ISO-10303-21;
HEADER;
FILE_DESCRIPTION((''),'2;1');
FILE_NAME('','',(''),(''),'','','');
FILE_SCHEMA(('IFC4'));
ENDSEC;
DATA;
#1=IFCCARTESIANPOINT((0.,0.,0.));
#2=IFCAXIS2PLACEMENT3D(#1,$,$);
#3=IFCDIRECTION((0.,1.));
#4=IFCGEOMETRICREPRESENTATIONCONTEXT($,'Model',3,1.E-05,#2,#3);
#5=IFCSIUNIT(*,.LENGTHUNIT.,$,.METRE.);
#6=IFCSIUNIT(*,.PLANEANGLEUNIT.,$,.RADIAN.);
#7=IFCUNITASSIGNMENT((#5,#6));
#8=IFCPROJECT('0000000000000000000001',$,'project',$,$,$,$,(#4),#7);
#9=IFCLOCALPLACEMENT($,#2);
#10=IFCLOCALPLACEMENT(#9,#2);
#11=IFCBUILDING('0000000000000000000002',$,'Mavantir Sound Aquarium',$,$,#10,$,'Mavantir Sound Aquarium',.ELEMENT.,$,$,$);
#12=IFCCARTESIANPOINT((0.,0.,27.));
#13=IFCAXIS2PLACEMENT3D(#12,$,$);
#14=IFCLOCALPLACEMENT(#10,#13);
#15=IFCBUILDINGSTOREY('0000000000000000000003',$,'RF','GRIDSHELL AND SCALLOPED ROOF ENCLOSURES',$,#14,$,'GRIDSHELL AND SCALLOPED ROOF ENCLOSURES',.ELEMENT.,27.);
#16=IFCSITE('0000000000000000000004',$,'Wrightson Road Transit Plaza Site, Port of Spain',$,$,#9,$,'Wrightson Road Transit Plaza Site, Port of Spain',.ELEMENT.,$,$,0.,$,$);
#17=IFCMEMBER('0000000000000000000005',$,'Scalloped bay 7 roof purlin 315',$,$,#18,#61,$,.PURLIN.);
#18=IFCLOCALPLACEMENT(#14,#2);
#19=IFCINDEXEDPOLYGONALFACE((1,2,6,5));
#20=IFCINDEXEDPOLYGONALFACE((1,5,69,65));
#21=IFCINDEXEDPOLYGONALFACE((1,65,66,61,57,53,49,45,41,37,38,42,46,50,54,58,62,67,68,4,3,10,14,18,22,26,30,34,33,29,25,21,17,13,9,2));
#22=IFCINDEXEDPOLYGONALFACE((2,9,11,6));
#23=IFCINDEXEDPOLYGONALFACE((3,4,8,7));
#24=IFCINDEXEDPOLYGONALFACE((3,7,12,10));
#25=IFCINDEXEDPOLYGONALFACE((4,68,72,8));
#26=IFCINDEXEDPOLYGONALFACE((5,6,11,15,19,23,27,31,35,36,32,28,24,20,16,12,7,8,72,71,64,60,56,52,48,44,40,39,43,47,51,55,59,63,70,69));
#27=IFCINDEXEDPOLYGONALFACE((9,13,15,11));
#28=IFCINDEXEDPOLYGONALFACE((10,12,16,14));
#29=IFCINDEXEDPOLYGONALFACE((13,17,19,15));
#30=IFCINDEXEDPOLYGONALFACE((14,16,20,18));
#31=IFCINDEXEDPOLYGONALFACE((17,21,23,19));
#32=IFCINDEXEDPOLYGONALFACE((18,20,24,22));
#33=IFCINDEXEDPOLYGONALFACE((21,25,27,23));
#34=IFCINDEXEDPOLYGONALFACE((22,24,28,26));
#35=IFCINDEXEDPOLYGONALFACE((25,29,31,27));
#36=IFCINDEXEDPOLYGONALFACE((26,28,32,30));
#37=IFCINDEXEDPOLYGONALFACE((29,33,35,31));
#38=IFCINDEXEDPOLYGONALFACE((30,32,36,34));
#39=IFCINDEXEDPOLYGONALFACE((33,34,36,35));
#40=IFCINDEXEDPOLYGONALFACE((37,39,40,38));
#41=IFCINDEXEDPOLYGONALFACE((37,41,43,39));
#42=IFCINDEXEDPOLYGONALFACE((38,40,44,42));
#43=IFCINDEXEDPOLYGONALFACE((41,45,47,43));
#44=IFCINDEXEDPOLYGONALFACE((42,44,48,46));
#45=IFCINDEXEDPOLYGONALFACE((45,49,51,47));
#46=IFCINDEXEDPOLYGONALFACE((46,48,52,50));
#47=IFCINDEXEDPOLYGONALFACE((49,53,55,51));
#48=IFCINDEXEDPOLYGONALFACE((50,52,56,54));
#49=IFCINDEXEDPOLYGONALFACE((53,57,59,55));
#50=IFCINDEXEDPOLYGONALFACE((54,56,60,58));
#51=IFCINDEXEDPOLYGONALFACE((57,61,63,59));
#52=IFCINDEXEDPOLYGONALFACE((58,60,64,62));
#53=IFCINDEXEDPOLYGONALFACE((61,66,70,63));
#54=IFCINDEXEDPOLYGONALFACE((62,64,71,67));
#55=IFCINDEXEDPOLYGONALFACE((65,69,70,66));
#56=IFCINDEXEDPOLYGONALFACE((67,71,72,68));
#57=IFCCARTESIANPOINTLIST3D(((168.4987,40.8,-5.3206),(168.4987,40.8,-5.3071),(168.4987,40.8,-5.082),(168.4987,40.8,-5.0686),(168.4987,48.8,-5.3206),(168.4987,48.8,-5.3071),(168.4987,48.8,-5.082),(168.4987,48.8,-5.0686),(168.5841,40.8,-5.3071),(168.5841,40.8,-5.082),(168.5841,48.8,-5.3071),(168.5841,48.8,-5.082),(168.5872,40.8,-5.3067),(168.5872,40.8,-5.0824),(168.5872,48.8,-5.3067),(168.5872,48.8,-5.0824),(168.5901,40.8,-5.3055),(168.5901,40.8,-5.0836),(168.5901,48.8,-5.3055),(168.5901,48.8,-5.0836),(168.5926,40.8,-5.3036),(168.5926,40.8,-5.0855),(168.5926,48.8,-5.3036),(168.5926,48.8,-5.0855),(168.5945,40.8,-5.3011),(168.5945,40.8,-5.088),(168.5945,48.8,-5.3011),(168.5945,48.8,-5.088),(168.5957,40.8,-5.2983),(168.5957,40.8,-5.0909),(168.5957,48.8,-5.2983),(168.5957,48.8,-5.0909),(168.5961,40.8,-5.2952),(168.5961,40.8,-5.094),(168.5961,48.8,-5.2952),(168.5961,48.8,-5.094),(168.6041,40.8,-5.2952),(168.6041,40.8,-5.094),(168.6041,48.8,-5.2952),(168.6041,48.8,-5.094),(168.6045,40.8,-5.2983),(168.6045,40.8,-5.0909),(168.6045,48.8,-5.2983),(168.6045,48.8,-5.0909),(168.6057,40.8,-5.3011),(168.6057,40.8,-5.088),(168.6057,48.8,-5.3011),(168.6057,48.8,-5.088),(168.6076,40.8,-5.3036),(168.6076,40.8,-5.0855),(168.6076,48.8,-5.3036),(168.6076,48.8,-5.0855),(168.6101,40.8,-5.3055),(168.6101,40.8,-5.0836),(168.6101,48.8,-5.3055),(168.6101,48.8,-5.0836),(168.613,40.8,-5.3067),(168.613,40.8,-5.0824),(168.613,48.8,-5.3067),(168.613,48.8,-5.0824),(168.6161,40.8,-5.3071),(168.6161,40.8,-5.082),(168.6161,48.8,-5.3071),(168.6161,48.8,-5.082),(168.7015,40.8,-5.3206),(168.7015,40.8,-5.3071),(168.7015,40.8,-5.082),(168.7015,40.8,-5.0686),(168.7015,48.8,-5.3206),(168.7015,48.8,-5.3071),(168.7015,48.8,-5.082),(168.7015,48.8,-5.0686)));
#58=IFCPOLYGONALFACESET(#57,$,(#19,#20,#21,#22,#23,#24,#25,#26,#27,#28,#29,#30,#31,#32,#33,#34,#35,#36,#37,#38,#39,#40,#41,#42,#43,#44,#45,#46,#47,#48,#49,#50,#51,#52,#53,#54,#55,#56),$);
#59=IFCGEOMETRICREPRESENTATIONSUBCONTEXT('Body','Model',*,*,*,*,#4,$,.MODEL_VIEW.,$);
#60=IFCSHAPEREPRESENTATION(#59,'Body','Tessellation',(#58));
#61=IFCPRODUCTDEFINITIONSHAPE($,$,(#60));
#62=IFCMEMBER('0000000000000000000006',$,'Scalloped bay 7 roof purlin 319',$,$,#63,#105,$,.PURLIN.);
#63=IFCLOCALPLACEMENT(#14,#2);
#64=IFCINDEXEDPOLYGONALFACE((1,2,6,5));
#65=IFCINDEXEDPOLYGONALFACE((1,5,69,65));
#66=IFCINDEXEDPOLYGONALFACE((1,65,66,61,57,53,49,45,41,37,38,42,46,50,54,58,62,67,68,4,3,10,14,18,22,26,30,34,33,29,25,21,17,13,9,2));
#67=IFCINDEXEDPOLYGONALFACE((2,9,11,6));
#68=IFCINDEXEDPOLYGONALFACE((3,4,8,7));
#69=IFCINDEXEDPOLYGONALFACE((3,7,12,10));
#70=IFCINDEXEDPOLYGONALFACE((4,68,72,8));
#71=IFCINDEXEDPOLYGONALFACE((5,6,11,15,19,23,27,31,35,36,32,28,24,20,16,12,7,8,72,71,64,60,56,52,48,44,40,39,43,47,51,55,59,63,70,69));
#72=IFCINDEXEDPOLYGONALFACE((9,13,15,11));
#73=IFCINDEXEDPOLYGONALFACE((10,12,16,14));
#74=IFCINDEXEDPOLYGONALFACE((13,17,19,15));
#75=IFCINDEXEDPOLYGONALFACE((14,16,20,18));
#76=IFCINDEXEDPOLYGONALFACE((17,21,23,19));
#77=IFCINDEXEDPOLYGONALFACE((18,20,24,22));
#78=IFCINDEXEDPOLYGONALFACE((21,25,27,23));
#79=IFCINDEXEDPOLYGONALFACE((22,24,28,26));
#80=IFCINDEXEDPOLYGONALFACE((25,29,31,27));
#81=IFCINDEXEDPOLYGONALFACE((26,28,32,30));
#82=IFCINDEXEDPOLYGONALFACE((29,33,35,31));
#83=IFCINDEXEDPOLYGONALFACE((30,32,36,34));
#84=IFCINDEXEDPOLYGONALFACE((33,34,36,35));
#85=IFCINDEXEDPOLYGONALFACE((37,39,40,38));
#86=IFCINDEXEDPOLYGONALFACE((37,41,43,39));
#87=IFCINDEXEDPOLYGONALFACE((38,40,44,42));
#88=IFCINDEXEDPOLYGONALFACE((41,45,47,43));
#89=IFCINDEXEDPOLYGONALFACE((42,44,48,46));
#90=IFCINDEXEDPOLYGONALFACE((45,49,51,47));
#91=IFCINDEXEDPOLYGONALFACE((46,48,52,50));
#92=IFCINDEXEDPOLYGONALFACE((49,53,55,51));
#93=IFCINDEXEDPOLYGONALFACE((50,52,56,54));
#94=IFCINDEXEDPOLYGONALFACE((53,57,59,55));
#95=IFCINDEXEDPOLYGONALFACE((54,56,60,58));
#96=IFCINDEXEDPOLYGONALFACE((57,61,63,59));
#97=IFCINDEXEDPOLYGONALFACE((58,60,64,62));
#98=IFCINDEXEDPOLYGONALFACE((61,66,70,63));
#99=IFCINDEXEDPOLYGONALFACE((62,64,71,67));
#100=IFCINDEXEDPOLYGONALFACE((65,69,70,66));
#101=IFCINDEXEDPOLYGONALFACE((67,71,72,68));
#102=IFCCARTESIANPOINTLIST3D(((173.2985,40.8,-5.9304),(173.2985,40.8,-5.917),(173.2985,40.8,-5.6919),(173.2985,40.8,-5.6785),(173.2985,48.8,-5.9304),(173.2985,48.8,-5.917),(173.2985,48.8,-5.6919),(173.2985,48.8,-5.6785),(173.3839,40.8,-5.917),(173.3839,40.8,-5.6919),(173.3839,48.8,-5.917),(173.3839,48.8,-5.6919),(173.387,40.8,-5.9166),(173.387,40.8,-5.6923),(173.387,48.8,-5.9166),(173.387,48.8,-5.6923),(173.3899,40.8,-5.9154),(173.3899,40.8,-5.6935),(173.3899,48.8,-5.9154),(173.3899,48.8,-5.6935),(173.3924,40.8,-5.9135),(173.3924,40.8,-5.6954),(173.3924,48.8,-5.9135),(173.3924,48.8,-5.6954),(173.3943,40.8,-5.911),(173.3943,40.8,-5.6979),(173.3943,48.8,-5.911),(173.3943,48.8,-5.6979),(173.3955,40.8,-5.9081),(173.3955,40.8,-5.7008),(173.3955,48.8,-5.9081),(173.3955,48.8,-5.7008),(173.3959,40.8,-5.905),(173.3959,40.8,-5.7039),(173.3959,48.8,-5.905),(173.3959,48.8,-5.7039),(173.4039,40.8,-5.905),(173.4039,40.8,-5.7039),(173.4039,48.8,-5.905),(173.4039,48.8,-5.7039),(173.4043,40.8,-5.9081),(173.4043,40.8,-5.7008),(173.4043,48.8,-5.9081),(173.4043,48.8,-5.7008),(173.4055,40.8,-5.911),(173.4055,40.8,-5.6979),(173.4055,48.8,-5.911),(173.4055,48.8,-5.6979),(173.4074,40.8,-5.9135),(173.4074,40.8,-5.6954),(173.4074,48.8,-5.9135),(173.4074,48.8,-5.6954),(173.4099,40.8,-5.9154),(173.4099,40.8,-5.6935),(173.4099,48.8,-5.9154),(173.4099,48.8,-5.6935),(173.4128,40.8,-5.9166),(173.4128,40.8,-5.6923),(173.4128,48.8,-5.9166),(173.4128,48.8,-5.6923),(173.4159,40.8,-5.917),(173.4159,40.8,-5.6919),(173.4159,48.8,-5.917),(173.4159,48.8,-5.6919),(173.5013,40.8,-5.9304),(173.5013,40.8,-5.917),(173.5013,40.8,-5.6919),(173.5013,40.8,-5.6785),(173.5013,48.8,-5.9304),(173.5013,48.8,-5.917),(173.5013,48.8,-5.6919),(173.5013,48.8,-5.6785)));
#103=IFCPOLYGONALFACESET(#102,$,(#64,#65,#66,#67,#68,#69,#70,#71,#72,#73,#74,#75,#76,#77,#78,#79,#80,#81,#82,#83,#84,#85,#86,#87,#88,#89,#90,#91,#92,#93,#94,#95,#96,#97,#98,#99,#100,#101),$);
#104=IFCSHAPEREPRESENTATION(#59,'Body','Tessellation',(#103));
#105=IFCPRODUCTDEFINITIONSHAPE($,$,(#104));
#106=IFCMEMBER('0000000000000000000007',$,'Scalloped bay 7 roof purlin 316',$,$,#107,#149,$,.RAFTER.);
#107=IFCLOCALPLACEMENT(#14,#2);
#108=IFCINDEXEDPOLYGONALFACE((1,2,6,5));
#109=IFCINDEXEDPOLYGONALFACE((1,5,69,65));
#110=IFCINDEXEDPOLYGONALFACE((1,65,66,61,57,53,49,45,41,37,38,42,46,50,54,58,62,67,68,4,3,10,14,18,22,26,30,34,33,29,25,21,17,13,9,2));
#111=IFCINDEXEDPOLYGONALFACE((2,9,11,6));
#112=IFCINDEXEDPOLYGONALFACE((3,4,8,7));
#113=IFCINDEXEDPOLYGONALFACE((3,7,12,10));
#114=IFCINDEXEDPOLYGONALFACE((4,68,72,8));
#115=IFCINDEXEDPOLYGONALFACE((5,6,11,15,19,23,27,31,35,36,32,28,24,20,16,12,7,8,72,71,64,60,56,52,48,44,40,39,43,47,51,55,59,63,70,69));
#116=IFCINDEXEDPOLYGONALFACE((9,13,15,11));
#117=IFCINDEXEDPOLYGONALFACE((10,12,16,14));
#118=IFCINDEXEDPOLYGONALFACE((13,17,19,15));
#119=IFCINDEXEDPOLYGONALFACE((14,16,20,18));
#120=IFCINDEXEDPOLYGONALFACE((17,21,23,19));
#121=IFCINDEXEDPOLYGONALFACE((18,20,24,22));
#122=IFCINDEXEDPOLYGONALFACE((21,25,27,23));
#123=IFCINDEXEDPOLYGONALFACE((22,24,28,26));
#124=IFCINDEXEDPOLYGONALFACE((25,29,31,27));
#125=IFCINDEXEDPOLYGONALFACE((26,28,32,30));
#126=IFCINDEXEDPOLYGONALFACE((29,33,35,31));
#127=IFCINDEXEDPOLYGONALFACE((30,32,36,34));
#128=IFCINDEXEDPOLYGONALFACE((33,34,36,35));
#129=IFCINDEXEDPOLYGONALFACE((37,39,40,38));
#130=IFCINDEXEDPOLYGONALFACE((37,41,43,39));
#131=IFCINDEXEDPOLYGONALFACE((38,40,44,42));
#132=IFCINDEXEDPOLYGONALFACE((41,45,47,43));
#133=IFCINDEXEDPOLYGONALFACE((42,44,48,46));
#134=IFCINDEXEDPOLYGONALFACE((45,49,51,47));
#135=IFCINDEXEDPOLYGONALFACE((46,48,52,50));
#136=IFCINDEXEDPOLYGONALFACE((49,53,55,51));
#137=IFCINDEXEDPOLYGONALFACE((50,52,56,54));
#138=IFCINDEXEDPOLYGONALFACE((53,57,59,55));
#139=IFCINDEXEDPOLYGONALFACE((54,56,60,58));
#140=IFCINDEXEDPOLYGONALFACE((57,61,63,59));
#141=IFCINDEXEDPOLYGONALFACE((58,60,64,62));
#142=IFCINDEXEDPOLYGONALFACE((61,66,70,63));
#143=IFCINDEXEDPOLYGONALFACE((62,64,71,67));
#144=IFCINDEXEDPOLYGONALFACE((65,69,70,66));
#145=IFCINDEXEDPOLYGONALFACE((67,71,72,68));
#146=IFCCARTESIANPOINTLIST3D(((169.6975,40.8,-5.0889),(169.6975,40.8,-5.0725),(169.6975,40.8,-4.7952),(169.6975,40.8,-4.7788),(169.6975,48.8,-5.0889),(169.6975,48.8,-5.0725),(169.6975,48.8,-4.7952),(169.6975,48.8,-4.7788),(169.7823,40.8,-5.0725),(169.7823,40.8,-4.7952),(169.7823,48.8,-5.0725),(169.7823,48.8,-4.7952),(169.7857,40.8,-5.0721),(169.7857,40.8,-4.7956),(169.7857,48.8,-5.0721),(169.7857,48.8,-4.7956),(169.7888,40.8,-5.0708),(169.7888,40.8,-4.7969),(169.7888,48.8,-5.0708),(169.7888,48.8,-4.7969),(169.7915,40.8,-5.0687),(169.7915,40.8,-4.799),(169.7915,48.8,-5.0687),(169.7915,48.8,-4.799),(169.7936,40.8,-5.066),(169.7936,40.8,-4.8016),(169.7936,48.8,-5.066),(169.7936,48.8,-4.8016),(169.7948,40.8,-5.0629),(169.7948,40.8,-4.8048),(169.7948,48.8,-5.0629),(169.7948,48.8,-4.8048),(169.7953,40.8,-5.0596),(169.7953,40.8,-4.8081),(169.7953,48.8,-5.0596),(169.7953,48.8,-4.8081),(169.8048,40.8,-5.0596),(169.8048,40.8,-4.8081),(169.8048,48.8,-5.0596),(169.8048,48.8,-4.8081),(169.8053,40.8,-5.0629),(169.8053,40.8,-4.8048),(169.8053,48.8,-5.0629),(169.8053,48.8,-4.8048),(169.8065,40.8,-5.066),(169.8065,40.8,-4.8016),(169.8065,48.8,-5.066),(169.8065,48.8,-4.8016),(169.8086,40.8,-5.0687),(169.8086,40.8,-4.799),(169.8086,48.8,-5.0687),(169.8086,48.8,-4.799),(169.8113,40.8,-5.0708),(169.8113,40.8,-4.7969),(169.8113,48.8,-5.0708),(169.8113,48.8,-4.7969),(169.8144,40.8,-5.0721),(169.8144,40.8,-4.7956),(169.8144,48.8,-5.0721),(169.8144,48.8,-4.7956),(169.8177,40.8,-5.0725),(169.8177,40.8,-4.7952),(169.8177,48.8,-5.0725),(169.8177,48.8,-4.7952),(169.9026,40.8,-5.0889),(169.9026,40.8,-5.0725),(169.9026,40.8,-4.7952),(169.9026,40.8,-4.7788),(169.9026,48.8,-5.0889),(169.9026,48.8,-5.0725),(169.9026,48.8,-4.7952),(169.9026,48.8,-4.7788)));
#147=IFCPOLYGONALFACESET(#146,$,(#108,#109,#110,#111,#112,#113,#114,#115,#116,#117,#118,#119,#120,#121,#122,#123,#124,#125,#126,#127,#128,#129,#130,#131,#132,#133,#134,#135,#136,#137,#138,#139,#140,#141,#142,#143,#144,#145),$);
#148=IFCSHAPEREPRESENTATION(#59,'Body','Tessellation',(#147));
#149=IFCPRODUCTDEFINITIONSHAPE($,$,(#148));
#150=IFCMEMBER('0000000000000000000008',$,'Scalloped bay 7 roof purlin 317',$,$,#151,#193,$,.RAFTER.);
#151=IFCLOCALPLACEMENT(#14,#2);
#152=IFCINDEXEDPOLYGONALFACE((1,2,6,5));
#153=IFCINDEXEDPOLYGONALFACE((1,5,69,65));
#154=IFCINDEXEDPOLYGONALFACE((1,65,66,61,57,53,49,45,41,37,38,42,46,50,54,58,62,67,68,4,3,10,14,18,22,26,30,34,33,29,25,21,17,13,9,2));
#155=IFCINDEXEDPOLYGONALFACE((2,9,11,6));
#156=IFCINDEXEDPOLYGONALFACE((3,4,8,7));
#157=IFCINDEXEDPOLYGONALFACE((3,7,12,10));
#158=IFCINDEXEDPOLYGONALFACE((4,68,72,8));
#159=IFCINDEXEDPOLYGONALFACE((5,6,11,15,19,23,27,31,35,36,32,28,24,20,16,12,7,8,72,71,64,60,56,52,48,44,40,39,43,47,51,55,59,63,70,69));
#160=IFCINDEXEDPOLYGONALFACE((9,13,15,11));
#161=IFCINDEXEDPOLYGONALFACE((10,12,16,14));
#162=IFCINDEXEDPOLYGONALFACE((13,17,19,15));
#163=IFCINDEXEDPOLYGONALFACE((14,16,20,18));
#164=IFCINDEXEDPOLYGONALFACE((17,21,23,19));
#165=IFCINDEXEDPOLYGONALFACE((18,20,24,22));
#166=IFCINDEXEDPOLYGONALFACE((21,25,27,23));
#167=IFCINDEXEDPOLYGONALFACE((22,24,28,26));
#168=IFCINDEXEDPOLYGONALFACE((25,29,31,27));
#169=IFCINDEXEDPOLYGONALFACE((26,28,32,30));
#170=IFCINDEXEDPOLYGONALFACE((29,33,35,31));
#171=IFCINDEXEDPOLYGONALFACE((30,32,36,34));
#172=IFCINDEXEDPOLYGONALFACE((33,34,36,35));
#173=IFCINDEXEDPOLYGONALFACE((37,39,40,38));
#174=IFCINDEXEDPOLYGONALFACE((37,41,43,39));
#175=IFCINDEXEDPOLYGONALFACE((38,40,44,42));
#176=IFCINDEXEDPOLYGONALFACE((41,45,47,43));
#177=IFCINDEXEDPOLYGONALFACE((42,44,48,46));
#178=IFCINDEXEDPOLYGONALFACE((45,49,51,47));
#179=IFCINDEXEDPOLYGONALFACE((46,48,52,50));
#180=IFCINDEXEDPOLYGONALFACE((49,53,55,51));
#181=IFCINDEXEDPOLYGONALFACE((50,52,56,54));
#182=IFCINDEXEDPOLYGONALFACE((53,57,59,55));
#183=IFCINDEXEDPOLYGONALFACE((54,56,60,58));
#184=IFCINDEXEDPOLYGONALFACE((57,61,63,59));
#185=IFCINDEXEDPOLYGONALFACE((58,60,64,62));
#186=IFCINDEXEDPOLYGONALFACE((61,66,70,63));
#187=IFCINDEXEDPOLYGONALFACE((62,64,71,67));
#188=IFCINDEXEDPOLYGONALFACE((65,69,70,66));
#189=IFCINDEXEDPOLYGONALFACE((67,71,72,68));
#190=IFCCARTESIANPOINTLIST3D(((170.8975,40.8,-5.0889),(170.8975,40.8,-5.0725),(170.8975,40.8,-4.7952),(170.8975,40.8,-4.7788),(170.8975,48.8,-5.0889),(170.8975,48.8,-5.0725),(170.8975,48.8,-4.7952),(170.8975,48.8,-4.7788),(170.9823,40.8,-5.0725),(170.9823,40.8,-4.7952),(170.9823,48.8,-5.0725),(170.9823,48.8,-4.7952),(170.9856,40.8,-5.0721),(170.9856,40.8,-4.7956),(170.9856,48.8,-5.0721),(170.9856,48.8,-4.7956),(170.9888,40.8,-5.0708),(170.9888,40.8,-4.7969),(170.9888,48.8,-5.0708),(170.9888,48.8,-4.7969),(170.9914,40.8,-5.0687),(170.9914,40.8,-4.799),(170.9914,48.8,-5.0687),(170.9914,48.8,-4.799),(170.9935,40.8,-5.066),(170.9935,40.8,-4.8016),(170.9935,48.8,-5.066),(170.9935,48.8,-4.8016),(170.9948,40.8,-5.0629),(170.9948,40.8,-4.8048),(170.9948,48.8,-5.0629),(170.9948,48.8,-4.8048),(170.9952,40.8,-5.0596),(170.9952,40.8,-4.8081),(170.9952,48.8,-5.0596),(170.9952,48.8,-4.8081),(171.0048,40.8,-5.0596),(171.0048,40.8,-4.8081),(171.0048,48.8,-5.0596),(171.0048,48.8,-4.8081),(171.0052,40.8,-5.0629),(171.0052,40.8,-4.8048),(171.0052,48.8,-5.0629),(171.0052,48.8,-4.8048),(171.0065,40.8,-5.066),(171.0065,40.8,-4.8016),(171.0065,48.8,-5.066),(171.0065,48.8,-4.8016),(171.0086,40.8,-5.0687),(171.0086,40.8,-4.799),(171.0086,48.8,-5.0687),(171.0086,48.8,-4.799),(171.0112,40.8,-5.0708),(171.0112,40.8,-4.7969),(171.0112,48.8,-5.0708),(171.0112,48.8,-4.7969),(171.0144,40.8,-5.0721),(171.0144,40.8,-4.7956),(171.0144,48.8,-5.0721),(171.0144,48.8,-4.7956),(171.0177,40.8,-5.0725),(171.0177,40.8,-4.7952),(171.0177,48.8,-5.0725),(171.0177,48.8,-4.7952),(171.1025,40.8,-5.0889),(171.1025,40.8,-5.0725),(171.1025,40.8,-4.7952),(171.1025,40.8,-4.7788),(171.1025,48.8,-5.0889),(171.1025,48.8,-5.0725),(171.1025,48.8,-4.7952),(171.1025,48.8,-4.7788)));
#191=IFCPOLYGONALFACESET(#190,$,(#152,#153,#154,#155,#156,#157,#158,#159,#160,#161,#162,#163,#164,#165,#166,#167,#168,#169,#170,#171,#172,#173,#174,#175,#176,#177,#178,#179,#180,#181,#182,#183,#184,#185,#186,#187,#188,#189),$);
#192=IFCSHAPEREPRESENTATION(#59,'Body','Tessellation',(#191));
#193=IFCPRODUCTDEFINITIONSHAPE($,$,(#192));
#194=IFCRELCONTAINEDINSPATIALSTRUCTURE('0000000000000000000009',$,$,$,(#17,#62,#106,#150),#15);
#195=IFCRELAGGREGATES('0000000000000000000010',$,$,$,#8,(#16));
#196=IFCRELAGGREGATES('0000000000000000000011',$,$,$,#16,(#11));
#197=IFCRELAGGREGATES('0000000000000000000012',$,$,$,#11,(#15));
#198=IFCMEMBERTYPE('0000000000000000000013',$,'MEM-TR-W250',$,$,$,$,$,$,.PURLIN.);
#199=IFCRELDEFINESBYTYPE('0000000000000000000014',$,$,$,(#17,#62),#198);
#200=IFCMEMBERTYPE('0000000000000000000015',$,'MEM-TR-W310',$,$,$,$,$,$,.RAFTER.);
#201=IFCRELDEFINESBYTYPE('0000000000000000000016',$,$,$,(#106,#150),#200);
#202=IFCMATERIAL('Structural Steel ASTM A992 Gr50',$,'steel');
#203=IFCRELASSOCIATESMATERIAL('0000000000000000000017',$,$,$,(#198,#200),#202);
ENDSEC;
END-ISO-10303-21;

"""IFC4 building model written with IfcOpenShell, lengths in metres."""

from ifc_helpers import new_model, si_unit, direction, frame, origin, origin_2d, place, context, subcontext, project, spatial, i_section, extrude, material, material_profile, profile_set, type_object, element, save


model = new_model("IFC4")

# Units and contexts
model_context = context("Model", 3, precision=1e-05, world=origin(), true_north=direction((0.0, 1.0)))
body_context = subcontext(model_context, "Body", "Model", "MODEL_VIEW")
ifc_project = project(units=[si_unit("LENGTHUNIT", "METRE"), si_unit("PLANEANGLEUNIT", "RADIAN")], contexts=[model_context])

# Site, building, storey
site_placement = place(None, origin())
site = spatial("IfcSite", under=ifc_project, at=site_placement, Name="Wrightson Road Transit Plaza Site, Port of Spain", LongName="Wrightson Road Transit Plaza Site, Port of Spain", CompositionType="ELEMENT", RefElevation=0.0)
building_placement = place(site_placement, origin())
building = spatial("IfcBuilding", under=site, at=building_placement, Name="Mavantir Sound Aquarium", LongName="Mavantir Sound Aquarium", CompositionType="ELEMENT")
storey_placement = place(building_placement, frame((0.0, 0.0, 27.0)))
storey = spatial("IfcBuildingStorey", under=building, at=storey_placement, Name="RF", Description="GRIDSHELL AND SCALLOPED ROOF ENCLOSURES", LongName="GRIDSHELL AND SCALLOPED ROOF ENCLOSURES", CompositionType="ELEMENT", Elevation=27.0)

# Shared definitions
ifc_material_1 = material(Name="Structural Steel ASTM A992 Gr50", Category="steel")

# Members
ifc_material_profile_1 = material_profile(ifc_material_1, i_section(OverallWidth=0.2029, OverallDepth=0.252, WebThickness=0.0081, FlangeThickness=0.0134, FilletRadius=0.012, at=origin_2d()), Name="W250X58")
ifc_profile_set_1 = profile_set([ifc_material_profile_1], Name="Structural Steel ASTM A992 Gr50")
member_type_1 = type_object("IfcMemberType", Name="MEM-TR-W250", PredefinedType="PURLIN", material=ifc_profile_set_1)
for number, where, z_axis, x_axis, name in (
    (1, (168.6001, 40.8, -5.1946), (0.0, 1.0, 0.0), (-1.0, 0.0, 0.0), "Scalloped bay 7 roof purlin 315"),
    (2, (173.3999, 40.8, -5.8044), (0.0, 1.0, 0.0), (-1.0, 0.0, 0.0), "Scalloped bay 7 roof purlin 319"),
):
    element("IfcMember", number, at=place(storey_placement, frame(where, z_axis=z_axis, x_axis=x_axis)), inside=storey, type_object=member_type_1, Name=name, PredefinedType="PURLIN", context=body_context, shape_type="SweptSolid", body=[
        extrude(i_section(OverallWidth=0.2029, OverallDepth=0.252, WebThickness=0.0081, FlangeThickness=0.0134, FilletRadius=0.012, at=origin_2d()), origin(), (0.0, 0.0, 1.0), 8.0),
    ])
ifc_material_profile_2 = material_profile(ifc_material_1, i_section(OverallWidth=0.2051, OverallDepth=0.3101, WebThickness=0.0095, FlangeThickness=0.0164, FilletRadius=0.0129, at=origin_2d()), Name="W310X74")
ifc_profile_set_2 = profile_set([ifc_material_profile_2], Name="Structural Steel ASTM A992 Gr50")
member_type_2 = type_object("IfcMemberType", Name="MEM-TR-W310", PredefinedType="RAFTER", material=ifc_profile_set_2)
for number, where, z_axis, x_axis, name in (
    (3, (169.8, 40.8, -4.9338), (0.0, 1.0, 0.0), (-1.0, 0.0, 0.0), "Scalloped bay 7 roof purlin 316"),
    (4, (171.0, 40.8, -4.9338), (0.0, 1.0, 0.0), (-1.0, 0.0, 0.0), "Scalloped bay 7 roof purlin 317"),
):
    element("IfcMember", number, at=place(storey_placement, frame(where, z_axis=z_axis, x_axis=x_axis)), inside=storey, type_object=member_type_2, Name=name, PredefinedType="RAFTER", context=body_context, shape_type="SweptSolid", body=[
        extrude(i_section(OverallWidth=0.2051, OverallDepth=0.3101, WebThickness=0.0095, FlangeThickness=0.0164, FilletRadius=0.0129, at=origin_2d()), origin(), (0.0, 0.0, 1.0), 8.0),
    ])

save(model, "model.ifc")
